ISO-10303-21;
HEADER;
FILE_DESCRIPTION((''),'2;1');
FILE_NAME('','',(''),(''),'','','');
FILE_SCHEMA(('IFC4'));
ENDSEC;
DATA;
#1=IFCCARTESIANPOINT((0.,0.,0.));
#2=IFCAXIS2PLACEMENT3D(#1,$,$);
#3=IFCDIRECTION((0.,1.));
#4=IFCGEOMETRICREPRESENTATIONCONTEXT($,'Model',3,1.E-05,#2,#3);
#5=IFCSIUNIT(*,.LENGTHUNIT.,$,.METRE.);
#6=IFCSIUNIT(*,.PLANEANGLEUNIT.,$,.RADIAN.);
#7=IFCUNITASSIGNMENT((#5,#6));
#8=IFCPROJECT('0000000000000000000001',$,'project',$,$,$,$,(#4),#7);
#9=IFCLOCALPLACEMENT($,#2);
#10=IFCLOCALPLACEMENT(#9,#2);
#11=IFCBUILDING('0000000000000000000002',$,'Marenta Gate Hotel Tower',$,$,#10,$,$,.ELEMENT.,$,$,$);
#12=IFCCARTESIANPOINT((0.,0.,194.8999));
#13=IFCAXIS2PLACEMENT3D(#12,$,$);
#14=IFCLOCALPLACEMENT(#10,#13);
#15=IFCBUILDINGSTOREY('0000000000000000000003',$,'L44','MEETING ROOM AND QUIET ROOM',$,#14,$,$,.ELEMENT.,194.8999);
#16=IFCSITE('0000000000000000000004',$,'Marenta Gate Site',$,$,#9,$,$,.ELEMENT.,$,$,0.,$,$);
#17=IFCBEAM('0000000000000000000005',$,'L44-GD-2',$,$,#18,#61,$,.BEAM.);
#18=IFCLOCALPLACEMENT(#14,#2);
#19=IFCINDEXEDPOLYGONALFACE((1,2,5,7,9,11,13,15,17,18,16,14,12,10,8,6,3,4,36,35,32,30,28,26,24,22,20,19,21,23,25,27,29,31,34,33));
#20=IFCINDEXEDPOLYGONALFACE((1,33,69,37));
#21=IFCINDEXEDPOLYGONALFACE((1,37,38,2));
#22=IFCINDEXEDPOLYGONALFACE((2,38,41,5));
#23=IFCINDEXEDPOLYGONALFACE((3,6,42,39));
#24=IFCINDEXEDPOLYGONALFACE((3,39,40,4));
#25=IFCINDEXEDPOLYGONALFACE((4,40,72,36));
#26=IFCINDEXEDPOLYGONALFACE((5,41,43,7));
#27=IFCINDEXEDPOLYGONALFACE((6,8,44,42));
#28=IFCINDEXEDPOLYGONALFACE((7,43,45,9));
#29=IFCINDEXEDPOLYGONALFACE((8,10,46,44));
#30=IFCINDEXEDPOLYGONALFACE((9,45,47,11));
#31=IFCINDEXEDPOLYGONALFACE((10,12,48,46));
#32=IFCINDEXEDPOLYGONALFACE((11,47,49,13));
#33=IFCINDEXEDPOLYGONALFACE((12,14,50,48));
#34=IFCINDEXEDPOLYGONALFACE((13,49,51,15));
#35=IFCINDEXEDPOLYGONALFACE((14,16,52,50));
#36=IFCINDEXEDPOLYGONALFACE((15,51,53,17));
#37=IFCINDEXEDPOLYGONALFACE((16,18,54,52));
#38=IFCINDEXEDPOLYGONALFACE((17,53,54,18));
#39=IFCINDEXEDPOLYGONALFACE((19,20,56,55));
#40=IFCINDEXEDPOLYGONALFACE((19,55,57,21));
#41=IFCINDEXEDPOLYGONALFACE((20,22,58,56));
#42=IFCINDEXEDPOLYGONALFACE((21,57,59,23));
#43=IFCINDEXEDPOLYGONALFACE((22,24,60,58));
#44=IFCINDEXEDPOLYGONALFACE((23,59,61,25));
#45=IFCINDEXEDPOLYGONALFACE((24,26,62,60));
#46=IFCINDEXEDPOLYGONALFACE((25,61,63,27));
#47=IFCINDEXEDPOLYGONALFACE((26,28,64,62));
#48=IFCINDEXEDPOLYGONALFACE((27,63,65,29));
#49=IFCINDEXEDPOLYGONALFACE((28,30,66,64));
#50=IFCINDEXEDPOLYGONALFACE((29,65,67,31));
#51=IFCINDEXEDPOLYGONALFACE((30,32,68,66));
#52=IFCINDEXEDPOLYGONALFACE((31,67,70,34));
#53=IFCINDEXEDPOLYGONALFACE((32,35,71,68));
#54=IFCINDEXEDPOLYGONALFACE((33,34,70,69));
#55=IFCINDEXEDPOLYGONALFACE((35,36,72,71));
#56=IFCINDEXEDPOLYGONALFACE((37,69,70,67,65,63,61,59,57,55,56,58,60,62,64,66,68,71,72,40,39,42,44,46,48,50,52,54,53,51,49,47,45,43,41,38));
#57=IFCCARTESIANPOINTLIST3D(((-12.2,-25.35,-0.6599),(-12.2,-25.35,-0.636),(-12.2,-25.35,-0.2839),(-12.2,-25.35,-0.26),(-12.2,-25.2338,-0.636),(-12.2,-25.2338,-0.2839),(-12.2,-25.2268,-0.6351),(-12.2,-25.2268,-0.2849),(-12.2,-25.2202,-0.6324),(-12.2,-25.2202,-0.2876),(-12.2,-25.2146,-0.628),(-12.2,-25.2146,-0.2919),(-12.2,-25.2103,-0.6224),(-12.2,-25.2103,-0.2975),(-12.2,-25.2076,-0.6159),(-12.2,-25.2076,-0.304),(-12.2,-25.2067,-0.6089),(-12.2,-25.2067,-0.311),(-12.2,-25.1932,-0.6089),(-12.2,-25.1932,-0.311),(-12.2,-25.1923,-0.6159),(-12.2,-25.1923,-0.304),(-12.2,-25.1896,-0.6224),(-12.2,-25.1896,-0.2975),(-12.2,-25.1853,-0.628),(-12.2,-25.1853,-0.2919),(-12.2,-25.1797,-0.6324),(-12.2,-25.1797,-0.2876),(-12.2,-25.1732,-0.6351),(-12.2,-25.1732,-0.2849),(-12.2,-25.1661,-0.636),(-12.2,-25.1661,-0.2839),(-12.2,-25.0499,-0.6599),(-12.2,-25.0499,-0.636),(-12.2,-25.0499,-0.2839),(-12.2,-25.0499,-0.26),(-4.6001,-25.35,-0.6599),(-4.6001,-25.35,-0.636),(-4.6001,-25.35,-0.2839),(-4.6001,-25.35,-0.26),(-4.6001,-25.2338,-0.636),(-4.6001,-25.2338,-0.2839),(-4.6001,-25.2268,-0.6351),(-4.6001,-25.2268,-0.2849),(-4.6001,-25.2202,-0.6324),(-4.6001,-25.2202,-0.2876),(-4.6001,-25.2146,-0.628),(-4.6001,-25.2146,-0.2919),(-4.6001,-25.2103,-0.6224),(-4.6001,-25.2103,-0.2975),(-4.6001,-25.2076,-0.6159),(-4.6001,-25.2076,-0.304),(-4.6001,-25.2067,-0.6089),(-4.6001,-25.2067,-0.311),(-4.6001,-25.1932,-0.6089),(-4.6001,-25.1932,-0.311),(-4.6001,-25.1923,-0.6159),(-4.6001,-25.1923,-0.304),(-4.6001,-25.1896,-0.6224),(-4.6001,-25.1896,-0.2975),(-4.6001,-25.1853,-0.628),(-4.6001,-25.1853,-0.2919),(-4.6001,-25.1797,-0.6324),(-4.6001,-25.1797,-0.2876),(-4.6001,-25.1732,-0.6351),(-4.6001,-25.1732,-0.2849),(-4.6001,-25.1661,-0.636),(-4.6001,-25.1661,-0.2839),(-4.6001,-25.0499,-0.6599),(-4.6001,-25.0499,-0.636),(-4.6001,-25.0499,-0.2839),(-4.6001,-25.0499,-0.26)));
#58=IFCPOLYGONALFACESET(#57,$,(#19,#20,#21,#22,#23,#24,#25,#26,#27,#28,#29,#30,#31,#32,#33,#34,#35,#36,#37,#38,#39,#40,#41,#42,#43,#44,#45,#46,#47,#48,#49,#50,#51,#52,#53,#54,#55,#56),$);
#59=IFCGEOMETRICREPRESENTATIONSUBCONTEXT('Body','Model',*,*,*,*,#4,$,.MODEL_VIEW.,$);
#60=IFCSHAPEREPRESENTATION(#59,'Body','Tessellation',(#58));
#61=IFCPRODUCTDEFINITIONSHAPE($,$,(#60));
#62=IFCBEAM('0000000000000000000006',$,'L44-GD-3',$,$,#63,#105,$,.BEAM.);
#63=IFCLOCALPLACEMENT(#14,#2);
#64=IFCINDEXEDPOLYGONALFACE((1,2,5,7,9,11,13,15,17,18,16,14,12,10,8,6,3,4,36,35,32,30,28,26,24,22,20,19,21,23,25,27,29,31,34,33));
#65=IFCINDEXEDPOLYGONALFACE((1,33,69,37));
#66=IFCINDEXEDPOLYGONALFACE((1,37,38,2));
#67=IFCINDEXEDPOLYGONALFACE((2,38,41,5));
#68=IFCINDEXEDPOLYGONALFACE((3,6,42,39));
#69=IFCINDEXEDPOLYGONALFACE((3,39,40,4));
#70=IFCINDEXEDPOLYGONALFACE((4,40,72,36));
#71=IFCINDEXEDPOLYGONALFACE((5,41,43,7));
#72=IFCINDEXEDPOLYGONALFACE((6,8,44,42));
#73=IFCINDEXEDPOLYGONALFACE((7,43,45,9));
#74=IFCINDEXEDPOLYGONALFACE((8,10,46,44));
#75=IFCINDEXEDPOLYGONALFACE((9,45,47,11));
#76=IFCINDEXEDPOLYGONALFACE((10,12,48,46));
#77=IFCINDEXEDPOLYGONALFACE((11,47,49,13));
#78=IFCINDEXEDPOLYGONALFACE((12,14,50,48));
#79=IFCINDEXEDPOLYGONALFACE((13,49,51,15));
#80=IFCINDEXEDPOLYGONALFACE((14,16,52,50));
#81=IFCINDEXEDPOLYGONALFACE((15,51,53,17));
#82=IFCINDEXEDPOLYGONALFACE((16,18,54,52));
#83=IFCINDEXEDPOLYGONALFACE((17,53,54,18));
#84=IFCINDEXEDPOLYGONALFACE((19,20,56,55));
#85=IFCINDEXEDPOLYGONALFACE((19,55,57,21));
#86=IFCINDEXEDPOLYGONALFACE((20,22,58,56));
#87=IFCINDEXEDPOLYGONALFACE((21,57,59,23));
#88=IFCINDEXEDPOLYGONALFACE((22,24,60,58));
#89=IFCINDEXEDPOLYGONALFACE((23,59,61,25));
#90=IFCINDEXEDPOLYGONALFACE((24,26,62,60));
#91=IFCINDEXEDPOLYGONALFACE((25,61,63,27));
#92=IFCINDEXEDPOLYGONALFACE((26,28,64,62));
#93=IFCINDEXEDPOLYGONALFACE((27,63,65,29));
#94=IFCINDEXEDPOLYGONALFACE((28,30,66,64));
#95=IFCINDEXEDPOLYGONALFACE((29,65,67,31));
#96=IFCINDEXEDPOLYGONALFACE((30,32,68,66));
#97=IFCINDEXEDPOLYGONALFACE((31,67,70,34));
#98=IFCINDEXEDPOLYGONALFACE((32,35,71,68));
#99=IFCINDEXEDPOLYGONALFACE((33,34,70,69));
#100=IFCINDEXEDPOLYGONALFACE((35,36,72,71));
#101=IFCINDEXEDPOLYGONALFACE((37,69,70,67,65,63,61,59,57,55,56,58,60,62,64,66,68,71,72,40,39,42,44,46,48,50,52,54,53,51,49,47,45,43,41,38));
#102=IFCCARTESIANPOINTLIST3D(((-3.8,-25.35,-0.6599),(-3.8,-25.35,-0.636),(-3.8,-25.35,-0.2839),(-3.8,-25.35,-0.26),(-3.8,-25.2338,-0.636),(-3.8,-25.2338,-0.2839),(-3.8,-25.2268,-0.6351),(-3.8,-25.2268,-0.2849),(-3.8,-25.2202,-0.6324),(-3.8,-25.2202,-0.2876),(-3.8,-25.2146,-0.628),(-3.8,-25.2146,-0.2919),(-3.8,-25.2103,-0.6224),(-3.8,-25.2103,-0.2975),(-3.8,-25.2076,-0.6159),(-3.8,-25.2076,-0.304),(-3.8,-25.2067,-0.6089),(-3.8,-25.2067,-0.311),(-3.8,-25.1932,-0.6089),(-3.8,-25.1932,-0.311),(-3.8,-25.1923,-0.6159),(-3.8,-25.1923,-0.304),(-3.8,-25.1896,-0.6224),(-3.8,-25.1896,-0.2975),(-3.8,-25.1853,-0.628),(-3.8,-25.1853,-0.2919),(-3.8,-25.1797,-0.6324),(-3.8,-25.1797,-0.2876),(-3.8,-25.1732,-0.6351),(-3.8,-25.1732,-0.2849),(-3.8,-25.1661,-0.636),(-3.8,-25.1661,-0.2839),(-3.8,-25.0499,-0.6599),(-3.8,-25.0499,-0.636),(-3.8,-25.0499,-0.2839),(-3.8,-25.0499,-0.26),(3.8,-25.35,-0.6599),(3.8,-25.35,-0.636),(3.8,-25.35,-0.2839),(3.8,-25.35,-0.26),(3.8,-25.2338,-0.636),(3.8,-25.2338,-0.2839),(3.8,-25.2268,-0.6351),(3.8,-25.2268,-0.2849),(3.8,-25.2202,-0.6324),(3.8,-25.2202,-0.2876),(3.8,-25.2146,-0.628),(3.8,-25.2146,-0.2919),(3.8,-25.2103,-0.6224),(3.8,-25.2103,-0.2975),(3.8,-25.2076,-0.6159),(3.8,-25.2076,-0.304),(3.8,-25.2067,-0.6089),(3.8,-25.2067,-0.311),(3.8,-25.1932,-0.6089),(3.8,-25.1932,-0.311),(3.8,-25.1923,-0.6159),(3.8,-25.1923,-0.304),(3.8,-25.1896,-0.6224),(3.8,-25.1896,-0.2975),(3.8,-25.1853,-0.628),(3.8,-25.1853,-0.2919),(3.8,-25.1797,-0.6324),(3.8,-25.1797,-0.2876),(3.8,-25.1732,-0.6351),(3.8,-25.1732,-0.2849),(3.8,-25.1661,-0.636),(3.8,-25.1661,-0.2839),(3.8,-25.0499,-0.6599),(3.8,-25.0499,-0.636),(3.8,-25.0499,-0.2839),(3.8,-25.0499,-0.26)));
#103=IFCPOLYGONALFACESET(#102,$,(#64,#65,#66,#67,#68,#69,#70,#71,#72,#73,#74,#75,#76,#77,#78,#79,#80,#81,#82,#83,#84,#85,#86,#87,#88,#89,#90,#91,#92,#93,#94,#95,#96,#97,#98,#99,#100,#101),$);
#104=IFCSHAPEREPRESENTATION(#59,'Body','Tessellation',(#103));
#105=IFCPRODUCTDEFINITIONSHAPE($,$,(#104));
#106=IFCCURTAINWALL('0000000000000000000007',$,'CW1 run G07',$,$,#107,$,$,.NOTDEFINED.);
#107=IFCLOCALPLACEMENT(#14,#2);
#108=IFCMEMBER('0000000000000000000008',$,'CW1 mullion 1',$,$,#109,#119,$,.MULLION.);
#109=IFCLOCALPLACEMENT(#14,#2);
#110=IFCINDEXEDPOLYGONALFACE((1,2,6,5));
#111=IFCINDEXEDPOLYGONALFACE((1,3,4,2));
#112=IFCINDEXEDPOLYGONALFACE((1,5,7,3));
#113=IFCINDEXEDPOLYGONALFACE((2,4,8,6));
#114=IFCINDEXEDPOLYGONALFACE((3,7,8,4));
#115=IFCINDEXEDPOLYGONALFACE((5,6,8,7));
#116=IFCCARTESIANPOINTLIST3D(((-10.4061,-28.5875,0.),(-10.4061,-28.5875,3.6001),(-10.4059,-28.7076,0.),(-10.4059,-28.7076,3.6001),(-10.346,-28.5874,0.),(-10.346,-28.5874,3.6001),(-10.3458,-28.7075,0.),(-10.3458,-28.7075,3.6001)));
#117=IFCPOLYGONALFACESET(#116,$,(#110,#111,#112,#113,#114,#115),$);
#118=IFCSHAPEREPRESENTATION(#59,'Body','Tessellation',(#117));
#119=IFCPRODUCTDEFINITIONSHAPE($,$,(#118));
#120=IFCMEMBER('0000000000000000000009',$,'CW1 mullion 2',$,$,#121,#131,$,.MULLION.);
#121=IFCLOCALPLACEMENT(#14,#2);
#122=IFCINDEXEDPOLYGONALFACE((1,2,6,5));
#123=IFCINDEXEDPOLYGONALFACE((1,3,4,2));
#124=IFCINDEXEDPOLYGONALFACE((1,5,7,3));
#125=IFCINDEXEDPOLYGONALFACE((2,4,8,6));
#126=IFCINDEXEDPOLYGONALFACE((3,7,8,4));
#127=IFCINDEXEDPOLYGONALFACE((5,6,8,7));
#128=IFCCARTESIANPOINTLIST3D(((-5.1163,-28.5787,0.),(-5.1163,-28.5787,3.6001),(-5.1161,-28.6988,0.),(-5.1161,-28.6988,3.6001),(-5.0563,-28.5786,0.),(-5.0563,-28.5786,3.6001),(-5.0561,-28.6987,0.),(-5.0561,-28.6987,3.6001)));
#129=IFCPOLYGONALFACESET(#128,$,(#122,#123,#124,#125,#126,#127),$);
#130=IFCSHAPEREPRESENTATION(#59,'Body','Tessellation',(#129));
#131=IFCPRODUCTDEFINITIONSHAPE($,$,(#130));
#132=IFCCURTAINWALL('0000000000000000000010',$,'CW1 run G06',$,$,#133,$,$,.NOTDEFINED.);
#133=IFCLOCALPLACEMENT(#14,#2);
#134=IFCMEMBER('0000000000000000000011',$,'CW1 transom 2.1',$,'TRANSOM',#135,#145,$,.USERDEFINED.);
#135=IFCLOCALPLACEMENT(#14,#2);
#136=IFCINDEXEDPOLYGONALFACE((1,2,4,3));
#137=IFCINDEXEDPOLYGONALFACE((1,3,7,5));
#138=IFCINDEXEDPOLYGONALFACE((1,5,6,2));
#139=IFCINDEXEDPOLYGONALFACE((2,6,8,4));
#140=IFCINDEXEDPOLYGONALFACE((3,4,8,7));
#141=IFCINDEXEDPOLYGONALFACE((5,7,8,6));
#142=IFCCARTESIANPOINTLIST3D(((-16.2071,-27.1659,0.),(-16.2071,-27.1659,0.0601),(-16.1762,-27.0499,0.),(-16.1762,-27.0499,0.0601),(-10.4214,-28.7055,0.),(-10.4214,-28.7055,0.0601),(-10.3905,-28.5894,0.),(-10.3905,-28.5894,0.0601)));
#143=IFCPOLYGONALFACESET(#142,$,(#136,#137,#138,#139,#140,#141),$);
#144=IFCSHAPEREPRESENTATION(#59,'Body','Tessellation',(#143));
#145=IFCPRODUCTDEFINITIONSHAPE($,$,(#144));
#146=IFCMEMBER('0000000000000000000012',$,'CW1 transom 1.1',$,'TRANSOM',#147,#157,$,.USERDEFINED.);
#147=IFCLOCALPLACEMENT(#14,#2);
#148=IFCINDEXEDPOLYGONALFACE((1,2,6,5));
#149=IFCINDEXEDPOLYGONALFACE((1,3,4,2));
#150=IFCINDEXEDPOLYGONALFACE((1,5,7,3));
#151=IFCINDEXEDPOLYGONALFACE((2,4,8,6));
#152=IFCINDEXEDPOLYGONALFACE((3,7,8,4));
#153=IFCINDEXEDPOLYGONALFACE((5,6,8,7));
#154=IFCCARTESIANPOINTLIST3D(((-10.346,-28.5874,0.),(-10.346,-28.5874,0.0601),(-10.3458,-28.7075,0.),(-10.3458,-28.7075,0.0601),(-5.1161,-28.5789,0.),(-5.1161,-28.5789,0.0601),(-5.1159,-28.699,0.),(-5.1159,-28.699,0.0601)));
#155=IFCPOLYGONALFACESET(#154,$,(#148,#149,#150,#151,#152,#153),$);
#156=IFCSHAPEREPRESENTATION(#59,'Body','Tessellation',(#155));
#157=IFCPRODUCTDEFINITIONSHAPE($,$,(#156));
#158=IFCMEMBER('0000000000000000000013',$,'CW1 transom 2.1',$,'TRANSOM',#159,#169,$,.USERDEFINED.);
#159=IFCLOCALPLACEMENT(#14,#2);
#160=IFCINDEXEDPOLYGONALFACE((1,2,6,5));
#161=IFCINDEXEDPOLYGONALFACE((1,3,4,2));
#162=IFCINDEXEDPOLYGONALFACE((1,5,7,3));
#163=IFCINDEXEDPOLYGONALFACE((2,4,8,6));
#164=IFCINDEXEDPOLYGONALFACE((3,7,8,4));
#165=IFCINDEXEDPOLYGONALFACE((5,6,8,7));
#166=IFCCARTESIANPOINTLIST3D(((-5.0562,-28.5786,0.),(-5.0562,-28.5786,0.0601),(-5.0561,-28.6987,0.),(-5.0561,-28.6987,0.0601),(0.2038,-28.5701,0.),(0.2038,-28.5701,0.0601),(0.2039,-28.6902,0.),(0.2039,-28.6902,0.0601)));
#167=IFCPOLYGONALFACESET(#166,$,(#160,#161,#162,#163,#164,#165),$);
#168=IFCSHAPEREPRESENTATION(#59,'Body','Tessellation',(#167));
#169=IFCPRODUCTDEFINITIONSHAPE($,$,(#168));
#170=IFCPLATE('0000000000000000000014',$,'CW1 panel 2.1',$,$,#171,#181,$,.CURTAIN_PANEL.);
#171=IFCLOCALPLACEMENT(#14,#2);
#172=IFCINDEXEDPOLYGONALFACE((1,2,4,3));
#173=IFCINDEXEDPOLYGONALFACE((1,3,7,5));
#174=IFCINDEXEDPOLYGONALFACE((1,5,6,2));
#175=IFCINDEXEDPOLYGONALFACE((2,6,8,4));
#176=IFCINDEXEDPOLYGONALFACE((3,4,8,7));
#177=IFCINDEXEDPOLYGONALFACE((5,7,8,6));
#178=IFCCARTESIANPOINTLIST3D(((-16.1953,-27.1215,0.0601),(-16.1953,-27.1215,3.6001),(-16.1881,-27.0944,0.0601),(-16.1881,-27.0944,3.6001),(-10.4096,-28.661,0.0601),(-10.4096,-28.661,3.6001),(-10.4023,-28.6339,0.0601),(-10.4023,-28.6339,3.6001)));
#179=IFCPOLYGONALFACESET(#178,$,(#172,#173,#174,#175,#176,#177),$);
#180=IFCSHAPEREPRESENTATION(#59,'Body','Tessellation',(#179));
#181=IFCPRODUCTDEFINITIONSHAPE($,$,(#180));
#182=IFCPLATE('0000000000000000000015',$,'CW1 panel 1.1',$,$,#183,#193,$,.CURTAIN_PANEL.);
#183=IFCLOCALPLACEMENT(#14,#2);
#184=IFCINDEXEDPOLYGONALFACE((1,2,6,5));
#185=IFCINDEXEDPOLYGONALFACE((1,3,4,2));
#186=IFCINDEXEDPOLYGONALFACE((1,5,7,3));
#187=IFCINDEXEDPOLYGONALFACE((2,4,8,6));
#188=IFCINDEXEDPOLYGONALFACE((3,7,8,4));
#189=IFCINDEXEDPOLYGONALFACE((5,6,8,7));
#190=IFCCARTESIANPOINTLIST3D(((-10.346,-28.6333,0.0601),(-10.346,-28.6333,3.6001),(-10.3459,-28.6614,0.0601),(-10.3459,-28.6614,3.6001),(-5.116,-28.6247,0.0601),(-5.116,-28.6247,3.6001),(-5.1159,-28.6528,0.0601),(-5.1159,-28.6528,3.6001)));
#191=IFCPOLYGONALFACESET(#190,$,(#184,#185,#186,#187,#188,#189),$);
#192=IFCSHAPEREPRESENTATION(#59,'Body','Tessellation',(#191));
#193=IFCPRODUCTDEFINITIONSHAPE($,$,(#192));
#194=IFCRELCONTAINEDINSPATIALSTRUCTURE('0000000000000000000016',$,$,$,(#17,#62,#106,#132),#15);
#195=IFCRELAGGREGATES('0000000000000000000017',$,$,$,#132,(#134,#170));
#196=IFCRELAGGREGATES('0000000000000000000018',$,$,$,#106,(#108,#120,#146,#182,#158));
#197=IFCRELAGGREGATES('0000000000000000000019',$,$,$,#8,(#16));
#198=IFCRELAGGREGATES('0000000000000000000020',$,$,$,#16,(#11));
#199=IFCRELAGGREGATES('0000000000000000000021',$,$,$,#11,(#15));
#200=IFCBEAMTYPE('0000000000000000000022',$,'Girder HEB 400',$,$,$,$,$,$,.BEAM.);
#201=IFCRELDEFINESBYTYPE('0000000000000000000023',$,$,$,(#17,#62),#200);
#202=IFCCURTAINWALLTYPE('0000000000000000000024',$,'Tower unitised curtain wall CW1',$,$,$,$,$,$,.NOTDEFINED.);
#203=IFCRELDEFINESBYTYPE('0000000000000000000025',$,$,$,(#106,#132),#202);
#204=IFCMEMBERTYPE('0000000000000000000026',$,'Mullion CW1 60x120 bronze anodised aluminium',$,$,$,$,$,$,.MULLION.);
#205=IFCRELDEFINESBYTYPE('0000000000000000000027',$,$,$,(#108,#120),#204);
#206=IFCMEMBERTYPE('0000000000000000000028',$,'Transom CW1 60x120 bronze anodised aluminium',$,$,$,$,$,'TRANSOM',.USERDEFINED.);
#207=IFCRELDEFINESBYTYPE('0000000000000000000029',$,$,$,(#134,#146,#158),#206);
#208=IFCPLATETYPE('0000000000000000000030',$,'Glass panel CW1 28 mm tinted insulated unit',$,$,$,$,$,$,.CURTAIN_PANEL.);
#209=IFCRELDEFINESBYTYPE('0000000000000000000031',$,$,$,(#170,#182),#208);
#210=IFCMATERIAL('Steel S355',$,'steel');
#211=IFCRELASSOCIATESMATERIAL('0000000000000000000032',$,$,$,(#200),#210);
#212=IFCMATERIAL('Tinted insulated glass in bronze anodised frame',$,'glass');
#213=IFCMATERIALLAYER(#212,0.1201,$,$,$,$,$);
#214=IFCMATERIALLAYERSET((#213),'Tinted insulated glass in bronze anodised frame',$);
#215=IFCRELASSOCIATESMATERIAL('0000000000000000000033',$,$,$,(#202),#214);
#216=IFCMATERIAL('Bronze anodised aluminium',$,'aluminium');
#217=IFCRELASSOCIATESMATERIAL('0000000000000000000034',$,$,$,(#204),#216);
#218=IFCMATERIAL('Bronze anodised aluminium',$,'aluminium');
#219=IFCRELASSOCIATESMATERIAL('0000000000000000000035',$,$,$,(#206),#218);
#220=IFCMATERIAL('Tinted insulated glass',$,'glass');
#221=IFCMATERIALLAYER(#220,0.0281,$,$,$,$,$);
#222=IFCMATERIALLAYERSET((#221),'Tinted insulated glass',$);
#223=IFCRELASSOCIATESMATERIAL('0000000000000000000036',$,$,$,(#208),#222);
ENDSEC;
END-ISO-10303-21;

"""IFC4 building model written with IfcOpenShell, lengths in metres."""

from ifc_helpers import new_model, si_unit, direction, frame, origin, origin_2d, place, context, subcontext, project, spatial, rectangle, i_section, extrude, material, layer, layer_set, material_profile, profile_set, type_object, element, aggregate, save


model = new_model("IFC4")

# Units and contexts
model_context = context("Model", 3, precision=1e-05, world=origin(), true_north=direction((0.0, 1.0)))
body_context = subcontext(model_context, "Body", "Model", "MODEL_VIEW")
ifc_project = project(units=[si_unit("LENGTHUNIT", "METRE"), si_unit("PLANEANGLEUNIT", "RADIAN")], contexts=[model_context])

# Site, building, storey
site_placement = place(None, origin())
site = spatial("IfcSite", under=ifc_project, at=site_placement, Name="Marenta Gate Site", CompositionType="ELEMENT", RefElevation=0.0)
building_placement = place(site_placement, origin())
building = spatial("IfcBuilding", under=site, at=building_placement, Name="Marenta Gate Hotel Tower", CompositionType="ELEMENT")
storey_placement = place(building_placement, frame((0.0, 0.0, 194.8999)))
storey = spatial("IfcBuildingStorey", under=building, at=storey_placement, Name="L44", Description="MEETING ROOM AND QUIET ROOM", CompositionType="ELEMENT", Elevation=194.8999)

# Beams
ifc_material_1 = material(Name="Steel S355", Category="steel")
ifc_material_profile_1 = material_profile(ifc_material_1, i_section(OverallWidth=0.3, OverallDepth=0.3999, WebThickness=0.0134, FlangeThickness=0.0239, FilletRadius=0.0271, at=origin_2d()), Name="HEB 400")
ifc_profile_set_1 = profile_set([ifc_material_profile_1], Name="Steel S355")
beam_type_1 = type_object("IfcBeamType", Name="Girder HEB 400", PredefinedType="BEAM", material=ifc_profile_set_1)
beam_1_placement = place(storey_placement, frame((-12.2, -25.2, -0.46), z_axis=(1.0, 0.0, 0.0), x_axis=(0.0, 1.0, 0.0)))
element("IfcBeam", 1, at=beam_1_placement, inside=storey, type_object=beam_type_1, Name="L44-GD-2", PredefinedType="BEAM", context=body_context, shape_type="SweptSolid", body=[
    extrude(i_section(OverallWidth=0.3, OverallDepth=0.3999, WebThickness=0.0134, FlangeThickness=0.0239, FilletRadius=0.0271, at=origin_2d()), origin(), (0.0, 0.0, 1.0), 7.5999),
])
beam_2_placement = place(storey_placement, frame((-3.8, -25.2, -0.46), z_axis=(1.0, 0.0, 0.0), x_axis=(0.0, 1.0, 0.0)))
element("IfcBeam", 2, at=beam_2_placement, inside=storey, type_object=beam_type_1, Name="L44-GD-3", PredefinedType="BEAM", context=body_context, shape_type="SweptSolid", body=[
    extrude(i_section(OverallWidth=0.3, OverallDepth=0.3999, WebThickness=0.0134, FlangeThickness=0.0239, FilletRadius=0.0271, at=origin_2d()), origin(), (0.0, 0.0, 1.0), 7.6001),
])

# Curtain wall, members
ifc_material_2 = material(Name="Tinted insulated glass in bronze anodised frame", Category="glass")
ifc_layer_1 = layer(ifc_material_2, 0.1201)
ifc_layer_set_1 = layer_set([ifc_layer_1], Name="Tinted insulated glass in bronze anodised frame")
curtain_wall_type = type_object("IfcCurtainWallType", Name="Tower unitised curtain wall CW1", PredefinedType="NOTDEFINED", material=ifc_layer_set_1)
curtain_wall_1_placement = place(storey_placement, origin())
curtain_wall_1 = element("IfcCurtainWall", 3, at=curtain_wall_1_placement, inside=storey, type_object=curtain_wall_type, Name="CW1 run G07", PredefinedType="NOTDEFINED")
ifc_material_3 = material(Name="Bronze anodised aluminium", Category="aluminium")
ifc_material_profile_2 = material_profile(ifc_material_3, rectangle(XDim=0.1201, YDim=0.0601, at=origin_2d()), Name="Mullion CW1 60x120 bronze anodised aluminium")
ifc_profile_set_2 = profile_set([ifc_material_profile_2], Name="Bronze anodised aluminium")
member_type_1 = type_object("IfcMemberType", Name="Mullion CW1 60x120 bronze anodised aluminium", PredefinedType="MULLION", material=ifc_profile_set_2)
member_1_placement = place(storey_placement, frame((-10.376, -28.6475, 0.0), z_axis=(0.0, 0.0, 1.0), x_axis=(-0.001645, 0.999999, 0.0)))
member_1 = element("IfcMember", 4, at=member_1_placement, type_object=member_type_1, Name="CW1 mullion 1", PredefinedType="MULLION", context=body_context, shape_type="SweptSolid", body=[
    extrude(rectangle(XDim=0.1201, YDim=0.0601, at=origin_2d()), origin(), (0.0, 0.0, 1.0), 3.6001),
])
member_2_placement = place(storey_placement, frame((-5.0862, -28.6387, 0.0), z_axis=(0.0, 0.0, 1.0), x_axis=(-0.001645, 0.999999, 0.0)))
member_2 = element("IfcMember", 5, at=member_2_placement, type_object=member_type_1, Name="CW1 mullion 2", PredefinedType="MULLION", context=body_context, shape_type="SweptSolid", body=[
    extrude(rectangle(XDim=0.1201, YDim=0.0601, at=origin_2d()), origin(), (0.0, 0.0, 1.0), 3.6001),
])

# Curtain wall, member
curtain_wall_2_placement = place(storey_placement, origin())
curtain_wall_2 = element("IfcCurtainWall", 6, at=curtain_wall_2_placement, inside=storey, type_object=curtain_wall_type, Name="CW1 run G06", PredefinedType="NOTDEFINED")
ifc_material_4 = material(Name="Bronze anodised aluminium", Category="aluminium")
ifc_material_profile_3 = material_profile(ifc_material_4, rectangle(XDim=0.1201, YDim=0.0601, at=origin_2d()), Name="Transom CW1 60x120 bronze anodised aluminium")
ifc_profile_set_3 = profile_set([ifc_material_profile_3], Name="Bronze anodised aluminium")
member_type_2 = type_object("IfcMemberType", Name="Transom CW1 60x120 bronze anodised aluminium", ElementType="TRANSOM", PredefinedType="USERDEFINED", material=ifc_profile_set_3)
member_3_placement = place(storey_placement, frame((-16.1917, -27.1079, 0.03), z_axis=(0.966372, -0.25715, 0.0), x_axis=(0.25715, 0.966372, 0.0)))
member_3 = element("IfcMember", 7, at=member_3_placement, type_object=member_type_2, Name="CW1 transom 2.1", ObjectType="TRANSOM", PredefinedType="USERDEFINED", context=body_context, shape_type="SweptSolid", body=[
    extrude(rectangle(XDim=0.1201, YDim=0.0601, at=origin_2d()), origin(), (0.0, 0.0, 1.0), 5.9871),
])

# Members
member_4_placement = place(storey_placement, frame((-10.3459, -28.6475, 0.03), z_axis=(0.999999, 0.001634, 0.0), x_axis=(-0.001634, 0.999999, 0.0)))
member_4 = element("IfcMember", 8, at=member_4_placement, type_object=member_type_2, Name="CW1 transom 1.1", ObjectType="TRANSOM", PredefinedType="USERDEFINED", context=body_context, shape_type="SweptSolid", body=[
    extrude(rectangle(XDim=0.1201, YDim=0.0601, at=origin_2d()), origin(), (0.0, 0.0, 1.0), 5.23),
])
member_5_placement = place(storey_placement, frame((-5.0562, -28.6387, 0.03), z_axis=(0.999999, 0.001625, 0.0), x_axis=(-0.001625, 0.999999, 0.0)))
member_5 = element("IfcMember", 9, at=member_5_placement, type_object=member_type_2, Name="CW1 transom 2.1", ObjectType="TRANSOM", PredefinedType="USERDEFINED", context=body_context, shape_type="SweptSolid", body=[
    extrude(rectangle(XDim=0.1201, YDim=0.0601, at=origin_2d()), origin(), (0.0, 0.0, 1.0), 5.26),
])

# Plates
ifc_material_5 = material(Name="Tinted insulated glass", Category="glass")
ifc_layer_2 = layer(ifc_material_5, 0.0281)
ifc_layer_set_2 = layer_set([ifc_layer_2], Name="Tinted insulated glass")
plate_type = type_object("IfcPlateType", Name="Glass panel CW1 28 mm tinted insulated unit", PredefinedType="CURTAIN_PANEL", material=ifc_layer_set_2)
plate_1_placement = place(storey_placement, frame((-13.2988, -27.8777, 0.0601), z_axis=(0.0, 0.0, 1.0), x_axis=(0.966374, -0.257139, 0.0)))
plate_1 = element("IfcPlate", 10, at=plate_1_placement, type_object=plate_type, Name="CW1 panel 2.1", PredefinedType="CURTAIN_PANEL", context=body_context, shape_type="SweptSolid", body=[
    extrude(rectangle(XDim=5.9871, YDim=0.0281, at=origin_2d()), origin(), (0.0, 0.0, 1.0), 3.54),
])
aggregate(curtain_wall_2, [member_3, plate_1])
plate_2_placement = place(storey_placement, frame((-7.731, -28.6431, 0.0601), z_axis=(0.0, 0.0, 1.0), x_axis=(0.999999, 0.001645, 0.0)))
plate_2 = element("IfcPlate", 11, at=plate_2_placement, type_object=plate_type, Name="CW1 panel 1.1", PredefinedType="CURTAIN_PANEL", context=body_context, shape_type="SweptSolid", body=[
    extrude(rectangle(XDim=5.23, YDim=0.0281, at=origin_2d()), origin(), (0.0, 0.0, 1.0), 3.54),
])
aggregate(curtain_wall_1, [member_1, member_2, member_4, plate_2, member_5])

save(model, "model.ifc")
